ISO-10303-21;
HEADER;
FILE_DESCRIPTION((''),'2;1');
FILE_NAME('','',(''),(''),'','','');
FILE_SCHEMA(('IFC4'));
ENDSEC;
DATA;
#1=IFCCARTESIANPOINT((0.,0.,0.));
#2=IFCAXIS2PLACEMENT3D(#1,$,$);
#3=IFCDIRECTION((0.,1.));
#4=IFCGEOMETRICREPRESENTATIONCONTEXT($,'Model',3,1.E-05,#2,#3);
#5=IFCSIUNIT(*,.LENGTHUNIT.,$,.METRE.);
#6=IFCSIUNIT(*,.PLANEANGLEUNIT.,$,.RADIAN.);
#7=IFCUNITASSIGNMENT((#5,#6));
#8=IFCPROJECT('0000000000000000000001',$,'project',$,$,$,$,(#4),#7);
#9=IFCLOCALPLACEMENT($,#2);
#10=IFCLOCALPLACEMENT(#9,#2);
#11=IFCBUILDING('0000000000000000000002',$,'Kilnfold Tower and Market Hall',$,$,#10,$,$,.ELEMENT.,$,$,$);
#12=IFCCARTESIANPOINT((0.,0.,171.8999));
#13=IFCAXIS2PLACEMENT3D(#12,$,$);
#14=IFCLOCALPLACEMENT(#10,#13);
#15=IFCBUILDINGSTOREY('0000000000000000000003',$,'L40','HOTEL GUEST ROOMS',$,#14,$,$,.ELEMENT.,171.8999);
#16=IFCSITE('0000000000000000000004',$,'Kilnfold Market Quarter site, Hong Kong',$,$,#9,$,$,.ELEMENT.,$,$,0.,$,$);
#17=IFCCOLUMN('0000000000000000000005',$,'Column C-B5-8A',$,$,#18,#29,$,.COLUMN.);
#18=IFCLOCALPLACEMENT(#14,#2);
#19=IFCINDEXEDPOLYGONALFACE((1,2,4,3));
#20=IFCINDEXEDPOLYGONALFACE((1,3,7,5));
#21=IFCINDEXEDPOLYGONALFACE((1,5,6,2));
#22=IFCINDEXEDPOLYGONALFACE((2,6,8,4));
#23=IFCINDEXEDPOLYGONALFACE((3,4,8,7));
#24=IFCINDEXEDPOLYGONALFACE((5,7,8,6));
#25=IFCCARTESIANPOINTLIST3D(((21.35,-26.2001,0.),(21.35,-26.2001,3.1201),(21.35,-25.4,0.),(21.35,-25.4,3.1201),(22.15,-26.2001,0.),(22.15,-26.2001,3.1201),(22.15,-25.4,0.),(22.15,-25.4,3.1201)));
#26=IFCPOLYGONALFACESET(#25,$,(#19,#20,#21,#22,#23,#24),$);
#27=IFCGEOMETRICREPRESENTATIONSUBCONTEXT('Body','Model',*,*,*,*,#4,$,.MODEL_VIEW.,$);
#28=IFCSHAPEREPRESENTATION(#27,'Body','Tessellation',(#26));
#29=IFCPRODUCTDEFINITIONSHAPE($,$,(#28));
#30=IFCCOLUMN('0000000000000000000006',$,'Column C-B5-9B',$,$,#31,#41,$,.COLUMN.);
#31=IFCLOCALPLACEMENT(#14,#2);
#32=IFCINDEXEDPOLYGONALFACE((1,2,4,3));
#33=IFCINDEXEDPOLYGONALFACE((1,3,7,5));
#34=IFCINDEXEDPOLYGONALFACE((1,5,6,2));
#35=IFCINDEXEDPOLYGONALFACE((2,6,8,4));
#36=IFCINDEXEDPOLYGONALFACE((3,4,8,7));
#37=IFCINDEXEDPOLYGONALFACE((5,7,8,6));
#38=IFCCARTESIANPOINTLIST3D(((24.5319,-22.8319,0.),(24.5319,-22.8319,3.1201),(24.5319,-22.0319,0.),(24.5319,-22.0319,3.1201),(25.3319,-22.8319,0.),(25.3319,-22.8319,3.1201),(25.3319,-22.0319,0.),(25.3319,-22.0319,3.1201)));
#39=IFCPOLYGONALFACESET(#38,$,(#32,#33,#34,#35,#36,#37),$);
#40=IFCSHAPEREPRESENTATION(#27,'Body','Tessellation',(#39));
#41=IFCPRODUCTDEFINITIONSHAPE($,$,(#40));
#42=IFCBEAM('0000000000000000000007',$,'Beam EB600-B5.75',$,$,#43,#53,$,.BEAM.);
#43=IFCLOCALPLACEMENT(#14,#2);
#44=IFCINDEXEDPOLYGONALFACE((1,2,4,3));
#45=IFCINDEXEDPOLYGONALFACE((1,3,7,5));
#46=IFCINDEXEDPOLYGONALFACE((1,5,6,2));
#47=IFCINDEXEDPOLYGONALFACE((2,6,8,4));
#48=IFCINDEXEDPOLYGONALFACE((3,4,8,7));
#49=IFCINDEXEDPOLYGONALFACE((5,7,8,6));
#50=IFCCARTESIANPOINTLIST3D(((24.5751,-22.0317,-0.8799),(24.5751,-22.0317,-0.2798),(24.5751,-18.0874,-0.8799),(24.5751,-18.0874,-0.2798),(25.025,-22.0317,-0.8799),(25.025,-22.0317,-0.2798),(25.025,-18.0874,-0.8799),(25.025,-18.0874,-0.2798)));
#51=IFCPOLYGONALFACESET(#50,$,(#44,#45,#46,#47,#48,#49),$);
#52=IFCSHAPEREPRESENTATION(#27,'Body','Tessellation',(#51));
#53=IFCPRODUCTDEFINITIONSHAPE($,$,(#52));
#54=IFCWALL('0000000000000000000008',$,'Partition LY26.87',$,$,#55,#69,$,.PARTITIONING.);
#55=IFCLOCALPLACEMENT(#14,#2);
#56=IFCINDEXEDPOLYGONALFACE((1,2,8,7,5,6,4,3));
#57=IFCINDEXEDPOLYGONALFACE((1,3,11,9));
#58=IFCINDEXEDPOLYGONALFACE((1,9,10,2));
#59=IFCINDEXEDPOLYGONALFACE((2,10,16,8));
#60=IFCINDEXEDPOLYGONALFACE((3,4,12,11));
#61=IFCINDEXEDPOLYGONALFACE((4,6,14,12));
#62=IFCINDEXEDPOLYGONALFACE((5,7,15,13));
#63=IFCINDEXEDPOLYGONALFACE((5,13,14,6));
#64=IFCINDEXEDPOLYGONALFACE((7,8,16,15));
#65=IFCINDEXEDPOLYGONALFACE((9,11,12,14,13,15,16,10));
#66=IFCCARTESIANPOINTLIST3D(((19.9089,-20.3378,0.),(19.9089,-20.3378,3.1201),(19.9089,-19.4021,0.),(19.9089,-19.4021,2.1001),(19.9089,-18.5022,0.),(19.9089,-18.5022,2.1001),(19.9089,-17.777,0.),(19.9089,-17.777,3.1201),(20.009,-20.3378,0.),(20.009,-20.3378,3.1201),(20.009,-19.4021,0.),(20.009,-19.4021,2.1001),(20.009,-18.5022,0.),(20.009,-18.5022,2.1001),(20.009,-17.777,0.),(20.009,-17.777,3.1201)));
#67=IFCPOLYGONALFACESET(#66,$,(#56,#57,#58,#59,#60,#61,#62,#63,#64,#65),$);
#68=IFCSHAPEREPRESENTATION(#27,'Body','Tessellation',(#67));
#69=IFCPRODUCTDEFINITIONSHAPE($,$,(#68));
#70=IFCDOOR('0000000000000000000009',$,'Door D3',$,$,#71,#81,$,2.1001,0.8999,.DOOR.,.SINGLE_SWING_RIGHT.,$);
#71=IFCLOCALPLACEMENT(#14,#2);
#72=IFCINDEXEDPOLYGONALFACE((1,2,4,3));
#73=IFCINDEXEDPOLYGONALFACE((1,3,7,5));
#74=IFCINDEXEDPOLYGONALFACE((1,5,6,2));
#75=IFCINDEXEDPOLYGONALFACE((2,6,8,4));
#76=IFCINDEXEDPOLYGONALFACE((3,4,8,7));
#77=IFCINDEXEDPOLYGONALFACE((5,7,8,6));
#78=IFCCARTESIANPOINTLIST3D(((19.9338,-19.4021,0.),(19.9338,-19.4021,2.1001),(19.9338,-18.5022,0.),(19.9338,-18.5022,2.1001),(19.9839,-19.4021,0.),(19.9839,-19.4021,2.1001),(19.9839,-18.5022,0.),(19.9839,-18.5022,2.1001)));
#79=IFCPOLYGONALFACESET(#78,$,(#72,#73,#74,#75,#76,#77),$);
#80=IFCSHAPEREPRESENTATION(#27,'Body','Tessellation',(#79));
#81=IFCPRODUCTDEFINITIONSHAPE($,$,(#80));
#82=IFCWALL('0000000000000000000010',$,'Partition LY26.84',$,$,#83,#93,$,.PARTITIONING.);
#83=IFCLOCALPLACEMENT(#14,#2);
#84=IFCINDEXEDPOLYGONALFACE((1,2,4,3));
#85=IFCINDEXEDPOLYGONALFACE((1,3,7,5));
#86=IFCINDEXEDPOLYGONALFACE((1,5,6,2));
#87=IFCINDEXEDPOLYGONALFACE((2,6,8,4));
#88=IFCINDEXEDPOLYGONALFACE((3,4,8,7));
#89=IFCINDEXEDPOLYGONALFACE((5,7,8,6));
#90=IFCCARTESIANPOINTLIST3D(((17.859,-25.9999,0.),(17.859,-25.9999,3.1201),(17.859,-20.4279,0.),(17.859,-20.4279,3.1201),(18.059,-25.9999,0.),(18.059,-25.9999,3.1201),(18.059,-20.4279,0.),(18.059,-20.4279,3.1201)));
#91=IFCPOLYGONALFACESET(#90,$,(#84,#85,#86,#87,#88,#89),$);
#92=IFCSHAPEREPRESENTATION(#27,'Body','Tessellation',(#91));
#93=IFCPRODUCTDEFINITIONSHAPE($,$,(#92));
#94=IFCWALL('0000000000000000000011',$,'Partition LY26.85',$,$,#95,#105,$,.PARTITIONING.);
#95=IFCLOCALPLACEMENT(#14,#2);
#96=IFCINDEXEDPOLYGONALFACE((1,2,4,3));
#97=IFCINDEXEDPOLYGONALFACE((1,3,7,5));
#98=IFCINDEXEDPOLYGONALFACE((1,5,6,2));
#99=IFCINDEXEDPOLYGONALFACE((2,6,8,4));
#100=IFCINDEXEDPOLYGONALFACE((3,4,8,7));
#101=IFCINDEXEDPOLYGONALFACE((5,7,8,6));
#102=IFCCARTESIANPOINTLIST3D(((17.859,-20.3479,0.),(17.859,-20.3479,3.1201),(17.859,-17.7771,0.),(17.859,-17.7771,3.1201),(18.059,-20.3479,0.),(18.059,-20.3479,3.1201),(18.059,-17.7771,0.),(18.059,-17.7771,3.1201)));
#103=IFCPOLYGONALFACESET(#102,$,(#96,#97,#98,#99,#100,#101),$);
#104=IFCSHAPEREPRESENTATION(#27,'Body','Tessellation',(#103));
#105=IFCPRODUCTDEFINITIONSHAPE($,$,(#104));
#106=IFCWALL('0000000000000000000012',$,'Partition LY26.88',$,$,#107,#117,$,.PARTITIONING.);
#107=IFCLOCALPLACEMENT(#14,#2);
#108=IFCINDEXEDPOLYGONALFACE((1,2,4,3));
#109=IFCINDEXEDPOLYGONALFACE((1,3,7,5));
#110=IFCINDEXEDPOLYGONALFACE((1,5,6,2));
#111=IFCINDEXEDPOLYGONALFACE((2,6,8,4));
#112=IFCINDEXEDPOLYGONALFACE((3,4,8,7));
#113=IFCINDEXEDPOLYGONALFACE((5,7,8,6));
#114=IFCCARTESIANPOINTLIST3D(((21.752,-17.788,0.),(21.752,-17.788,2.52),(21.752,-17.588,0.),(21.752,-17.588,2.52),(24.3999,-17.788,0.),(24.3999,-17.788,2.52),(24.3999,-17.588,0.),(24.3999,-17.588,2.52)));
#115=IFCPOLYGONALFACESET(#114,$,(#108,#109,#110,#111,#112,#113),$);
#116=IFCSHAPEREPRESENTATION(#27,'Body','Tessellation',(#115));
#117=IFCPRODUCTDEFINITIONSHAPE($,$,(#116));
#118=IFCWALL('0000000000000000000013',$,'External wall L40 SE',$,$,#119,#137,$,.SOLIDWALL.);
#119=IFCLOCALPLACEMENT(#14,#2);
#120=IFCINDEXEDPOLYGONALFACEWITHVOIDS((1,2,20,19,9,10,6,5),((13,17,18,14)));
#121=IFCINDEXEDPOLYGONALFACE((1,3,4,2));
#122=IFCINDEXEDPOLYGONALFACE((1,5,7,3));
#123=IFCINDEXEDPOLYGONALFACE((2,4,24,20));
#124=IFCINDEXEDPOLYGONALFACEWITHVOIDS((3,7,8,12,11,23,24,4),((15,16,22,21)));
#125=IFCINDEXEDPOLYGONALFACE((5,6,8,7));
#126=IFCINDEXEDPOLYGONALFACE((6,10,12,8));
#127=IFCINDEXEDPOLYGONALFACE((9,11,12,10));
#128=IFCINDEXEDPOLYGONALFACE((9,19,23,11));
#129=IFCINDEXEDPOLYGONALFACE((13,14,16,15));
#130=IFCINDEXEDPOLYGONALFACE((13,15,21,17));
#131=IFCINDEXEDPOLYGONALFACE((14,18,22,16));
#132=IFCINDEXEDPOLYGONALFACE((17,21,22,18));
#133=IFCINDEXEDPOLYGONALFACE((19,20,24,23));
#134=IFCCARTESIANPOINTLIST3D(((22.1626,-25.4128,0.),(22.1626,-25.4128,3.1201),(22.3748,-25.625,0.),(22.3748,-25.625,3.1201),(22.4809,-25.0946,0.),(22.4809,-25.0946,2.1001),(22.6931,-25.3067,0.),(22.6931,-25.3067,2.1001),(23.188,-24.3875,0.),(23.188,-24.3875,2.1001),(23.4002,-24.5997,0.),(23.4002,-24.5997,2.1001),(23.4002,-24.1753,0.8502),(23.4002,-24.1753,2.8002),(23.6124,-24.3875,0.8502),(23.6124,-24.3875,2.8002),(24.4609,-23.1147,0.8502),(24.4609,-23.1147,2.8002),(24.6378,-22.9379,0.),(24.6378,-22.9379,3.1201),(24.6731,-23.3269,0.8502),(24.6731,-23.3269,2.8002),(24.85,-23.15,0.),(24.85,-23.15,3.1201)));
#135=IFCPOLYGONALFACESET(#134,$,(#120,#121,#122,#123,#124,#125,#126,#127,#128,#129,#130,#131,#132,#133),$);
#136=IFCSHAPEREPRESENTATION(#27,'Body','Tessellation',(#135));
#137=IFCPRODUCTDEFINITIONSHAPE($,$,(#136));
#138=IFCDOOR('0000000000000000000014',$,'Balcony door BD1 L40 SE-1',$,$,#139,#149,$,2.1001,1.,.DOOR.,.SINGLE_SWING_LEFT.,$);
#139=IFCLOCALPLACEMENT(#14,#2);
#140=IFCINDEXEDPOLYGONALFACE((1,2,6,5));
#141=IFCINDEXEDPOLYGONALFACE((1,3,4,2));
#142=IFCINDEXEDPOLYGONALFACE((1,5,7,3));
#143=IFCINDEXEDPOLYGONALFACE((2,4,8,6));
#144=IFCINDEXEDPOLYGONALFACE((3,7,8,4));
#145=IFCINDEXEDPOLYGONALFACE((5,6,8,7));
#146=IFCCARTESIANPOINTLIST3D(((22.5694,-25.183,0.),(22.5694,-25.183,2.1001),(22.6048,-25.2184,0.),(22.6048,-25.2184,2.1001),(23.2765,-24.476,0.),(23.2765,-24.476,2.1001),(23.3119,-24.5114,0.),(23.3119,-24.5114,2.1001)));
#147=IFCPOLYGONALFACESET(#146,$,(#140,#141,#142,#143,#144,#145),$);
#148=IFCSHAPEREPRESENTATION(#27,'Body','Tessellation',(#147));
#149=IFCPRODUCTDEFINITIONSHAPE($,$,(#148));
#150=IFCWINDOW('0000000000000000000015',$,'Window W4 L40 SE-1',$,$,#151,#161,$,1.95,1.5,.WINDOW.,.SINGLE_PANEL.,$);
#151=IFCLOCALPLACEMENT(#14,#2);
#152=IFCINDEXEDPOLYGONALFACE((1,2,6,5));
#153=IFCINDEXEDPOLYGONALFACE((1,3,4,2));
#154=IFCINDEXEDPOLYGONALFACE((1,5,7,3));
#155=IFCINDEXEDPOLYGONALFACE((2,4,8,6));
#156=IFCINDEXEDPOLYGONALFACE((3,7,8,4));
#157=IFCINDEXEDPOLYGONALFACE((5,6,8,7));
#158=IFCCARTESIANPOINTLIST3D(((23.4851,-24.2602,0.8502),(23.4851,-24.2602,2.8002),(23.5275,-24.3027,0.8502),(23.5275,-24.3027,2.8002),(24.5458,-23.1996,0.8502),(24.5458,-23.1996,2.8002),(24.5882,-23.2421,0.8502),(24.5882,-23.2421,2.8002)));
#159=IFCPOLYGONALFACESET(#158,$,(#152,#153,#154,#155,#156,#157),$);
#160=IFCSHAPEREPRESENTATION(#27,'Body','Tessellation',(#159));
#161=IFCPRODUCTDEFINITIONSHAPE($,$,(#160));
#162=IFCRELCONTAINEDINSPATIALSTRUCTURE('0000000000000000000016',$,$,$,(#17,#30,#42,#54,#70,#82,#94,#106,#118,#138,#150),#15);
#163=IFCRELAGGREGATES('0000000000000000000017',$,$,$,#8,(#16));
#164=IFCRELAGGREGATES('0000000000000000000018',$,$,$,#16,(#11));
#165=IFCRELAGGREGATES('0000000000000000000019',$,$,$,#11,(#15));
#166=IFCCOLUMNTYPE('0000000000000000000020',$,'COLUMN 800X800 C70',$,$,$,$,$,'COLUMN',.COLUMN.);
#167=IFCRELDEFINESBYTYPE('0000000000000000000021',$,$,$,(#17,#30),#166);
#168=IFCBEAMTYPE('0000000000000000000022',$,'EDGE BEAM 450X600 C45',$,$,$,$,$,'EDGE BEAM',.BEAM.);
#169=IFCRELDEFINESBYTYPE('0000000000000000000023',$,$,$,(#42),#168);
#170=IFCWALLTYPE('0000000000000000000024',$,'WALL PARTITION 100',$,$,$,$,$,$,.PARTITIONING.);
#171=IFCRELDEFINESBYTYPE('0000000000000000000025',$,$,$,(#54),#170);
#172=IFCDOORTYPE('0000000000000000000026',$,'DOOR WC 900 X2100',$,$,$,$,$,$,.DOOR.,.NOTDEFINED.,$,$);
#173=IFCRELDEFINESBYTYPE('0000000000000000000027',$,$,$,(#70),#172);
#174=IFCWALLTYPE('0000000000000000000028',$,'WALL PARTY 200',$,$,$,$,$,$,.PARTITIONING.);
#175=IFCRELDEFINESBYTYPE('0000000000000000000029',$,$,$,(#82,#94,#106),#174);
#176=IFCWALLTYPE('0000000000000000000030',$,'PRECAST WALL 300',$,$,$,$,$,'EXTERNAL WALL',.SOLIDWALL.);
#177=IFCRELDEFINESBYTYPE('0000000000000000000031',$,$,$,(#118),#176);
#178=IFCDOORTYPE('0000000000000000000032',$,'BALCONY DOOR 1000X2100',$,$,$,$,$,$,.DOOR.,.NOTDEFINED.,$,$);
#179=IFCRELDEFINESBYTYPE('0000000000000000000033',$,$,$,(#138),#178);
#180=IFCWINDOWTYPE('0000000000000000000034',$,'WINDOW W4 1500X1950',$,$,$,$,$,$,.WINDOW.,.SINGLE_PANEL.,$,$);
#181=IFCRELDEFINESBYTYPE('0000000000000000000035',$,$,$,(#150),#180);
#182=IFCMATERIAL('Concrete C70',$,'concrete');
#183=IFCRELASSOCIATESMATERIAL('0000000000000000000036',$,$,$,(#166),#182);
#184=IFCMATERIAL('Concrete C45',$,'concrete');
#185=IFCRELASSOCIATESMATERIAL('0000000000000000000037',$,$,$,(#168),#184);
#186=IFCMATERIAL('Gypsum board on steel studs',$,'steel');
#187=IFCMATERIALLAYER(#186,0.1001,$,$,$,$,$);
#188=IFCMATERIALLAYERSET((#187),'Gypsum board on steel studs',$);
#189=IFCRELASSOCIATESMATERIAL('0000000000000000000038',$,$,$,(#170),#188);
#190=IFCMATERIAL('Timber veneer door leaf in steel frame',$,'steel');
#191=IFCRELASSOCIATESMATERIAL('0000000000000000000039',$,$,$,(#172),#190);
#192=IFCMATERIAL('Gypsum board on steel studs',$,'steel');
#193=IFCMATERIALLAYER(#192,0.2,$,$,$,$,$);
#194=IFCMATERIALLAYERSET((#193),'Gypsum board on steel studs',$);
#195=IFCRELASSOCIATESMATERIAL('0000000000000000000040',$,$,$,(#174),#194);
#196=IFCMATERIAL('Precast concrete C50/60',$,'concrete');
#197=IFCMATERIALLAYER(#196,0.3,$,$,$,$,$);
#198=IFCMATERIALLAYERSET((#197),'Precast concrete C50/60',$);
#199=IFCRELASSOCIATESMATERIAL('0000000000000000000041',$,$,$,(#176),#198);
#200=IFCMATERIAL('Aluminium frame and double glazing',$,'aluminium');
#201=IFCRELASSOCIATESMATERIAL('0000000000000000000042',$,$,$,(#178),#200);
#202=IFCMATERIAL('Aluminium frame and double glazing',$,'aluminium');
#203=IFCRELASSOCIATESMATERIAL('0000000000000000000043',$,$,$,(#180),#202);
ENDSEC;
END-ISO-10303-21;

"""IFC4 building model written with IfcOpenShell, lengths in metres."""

from ifc_helpers import new_model, si_unit, direction, frame, frame_2d, origin, origin_2d, place, context, subcontext, project, spatial, rectangle, extrude, source, transform, mapped, material, layer, layer_set, material_profile, profile_set, type_object, element, fill, save


model = new_model("IFC4")

# Units and contexts
model_context = context("Model", 3, precision=1e-05, world=origin(), true_north=direction((0.0, 1.0)))
body_context = subcontext(model_context, "Body", "Model", "MODEL_VIEW")
ifc_project = project(units=[si_unit("LENGTHUNIT", "METRE"), si_unit("PLANEANGLEUNIT", "RADIAN")], contexts=[model_context])

# Site, building, storey
site_placement = place(None, origin())
site = spatial("IfcSite", under=ifc_project, at=site_placement, Name="Kilnfold Market Quarter site, Hong Kong", CompositionType="ELEMENT", RefElevation=0.0)
building_placement = place(site_placement, origin())
building = spatial("IfcBuilding", under=site, at=building_placement, Name="Kilnfold Tower and Market Hall", CompositionType="ELEMENT")
storey_placement = place(building_placement, frame((0.0, 0.0, 171.8999)))
storey = spatial("IfcBuildingStorey", under=building, at=storey_placement, Name="L40", Description="HOTEL GUEST ROOMS", CompositionType="ELEMENT", Elevation=171.8999)

# Columns
ifc_material_1 = material(Name="Concrete C70", Category="concrete")
ifc_material_profile_1 = material_profile(ifc_material_1, rectangle(XDim=0.8, YDim=0.8, at=origin_2d()), Name="RC 800x800")
ifc_profile_set_1 = profile_set([ifc_material_profile_1], Name="Concrete C70")
column_type = type_object("IfcColumnType", Name="COLUMN 800X800 C70", ElementType="COLUMN", PredefinedType="COLUMN", material=ifc_profile_set_1)
shared_shape_1 = source(origin(), body_context, "Body", "SweptSolid", [
    extrude(rectangle(XDim=0.8, YDim=0.8, at=origin_2d()), origin(), (0.0, 0.0, 1.0), 3.1201),
])
for number, where, z_axis, x_axis, name in (
    (1, (21.75, -25.8, 0.0), (0.0, 0.0, 1.0), (1.0, 0.0, 0.0), "Column C-B5-8A"),
    (2, (24.9319, -22.4319, 0.0), (0.0, 0.0, 1.0), (1.0, 0.0, 0.0), "Column C-B5-9B"),
):
    element("IfcColumn", number, at=place(storey_placement, frame(where, z_axis=z_axis, x_axis=x_axis)), inside=storey, type_object=column_type, Name=name, PredefinedType="COLUMN", context=body_context, shape_type="MappedRepresentation", body=[
        mapped(shared_shape_1, transform((0.0, 0.0, 0.0))),
    ])

# Beam
ifc_material_2 = material(Name="Concrete C45", Category="concrete")
ifc_material_profile_2 = material_profile(ifc_material_2, rectangle(XDim=0.45, YDim=0.6001, at=origin_2d()), Name="RC 450x600")
ifc_profile_set_2 = profile_set([ifc_material_profile_2], Name="Concrete C45")
beam_type = type_object("IfcBeamType", Name="EDGE BEAM 450X600 C45", ElementType="EDGE BEAM", PredefinedType="BEAM", material=ifc_profile_set_2)
shared_shape_2 = source(origin(), body_context, "Body", "SweptSolid", [
    extrude(rectangle(XDim=0.45, YDim=0.6001, at=origin_2d()), origin(), (0.0, 0.0, 1.0), 3.9443),
])
beam_placement = place(storey_placement, frame((24.8, -22.0317, -0.5798), z_axis=(0.0, 1.0, 0.0), x_axis=(-1.0, 0.0, 0.0)))
element("IfcBeam", 3, at=beam_placement, inside=storey, type_object=beam_type, Name="Beam EB600-B5.75", PredefinedType="BEAM", context=body_context, shape_type="MappedRepresentation", body=[
    mapped(shared_shape_2, transform((0.0, 0.0, 0.0))),
])

# Wall, opening, door
ifc_material_3 = material(Name="Gypsum board on steel studs", Category="steel")
ifc_layer_1 = layer(ifc_material_3, 0.1001)
ifc_layer_set_1 = layer_set([ifc_layer_1], Name="Gypsum board on steel studs")
wall_type_1 = type_object("IfcWallType", Name="WALL PARTITION 100", PredefinedType="PARTITIONING", material=ifc_layer_set_1)
wall_1_placement = place(storey_placement, frame((19.959, -17.7771, 0.0), z_axis=(0.0, 0.0, 1.0), x_axis=(0.0, -1.0, 0.0)))
wall_1 = element("IfcWall", 4, at=wall_1_placement, inside=storey, type_object=wall_type_1, Name="Partition LY26.87", PredefinedType="PARTITIONING", context=body_context, shape_type="SweptSolid", body=[
    extrude(rectangle(XDim=2.5608, YDim=0.1001, at=frame_2d((1.2803, 0.0))), origin(), (0.0, 0.0, 1.0), 3.1201),
])
opening_1_placement = place(wall_1_placement, frame((0.7251, 0.0, 0.0)))
opening_1 = element("IfcOpeningElement", 5, at=opening_1_placement, cuts=wall_1, PredefinedType="OPENING", context=body_context, shape_type="SweptSolid", body=[
    extrude(rectangle(XDim=0.8999, YDim=2.1001, at=frame_2d((0.45, 1.05))), frame((0.0, 0.0601, 0.0), z_axis=(0.0, -1.0, 0.0), x_axis=(1.0, 0.0, 0.0)), (0.0, 0.0, 1.0), 0.1201),
])
ifc_material_4 = material(Name="Timber veneer door leaf in steel frame", Category="steel")
door_type_1 = type_object("IfcDoorType", Name="DOOR WC 900 X2100", OperationType="NOTDEFINED", PredefinedType="DOOR", material=ifc_material_4)
door_1_placement = place(opening_1_placement, origin())
door_1 = element("IfcDoor", 6, at=door_1_placement, inside=storey, type_object=door_type_1, Name="Door D3", OperationType="SINGLE_SWING_RIGHT", OverallHeight=2.1001, OverallWidth=0.8999, PredefinedType="DOOR", context=body_context, shape_type="SweptSolid", body=[
    extrude(rectangle(XDim=0.8999, YDim=2.1001, at=frame_2d((0.45, 1.05))), frame((0.0, 0.0249, 0.0), z_axis=(0.0, -1.0, 0.0), x_axis=(1.0, 0.0, 0.0)), (0.0, 0.0, 1.0), 0.05),
])
fill(opening_1, door_1)

# Walls
ifc_material_5 = material(Name="Gypsum board on steel studs", Category="steel")
ifc_layer_2 = layer(ifc_material_5, 0.2)
ifc_layer_set_2 = layer_set([ifc_layer_2], Name="Gypsum board on steel studs")
wall_type_2 = type_object("IfcWallType", Name="WALL PARTY 200", PredefinedType="PARTITIONING", material=ifc_layer_set_2)
wall_2_placement = place(storey_placement, frame((17.959, -26.0, 0.0), z_axis=(0.0, 0.0, 1.0), x_axis=(0.0, 1.0, 0.0)))
element("IfcWall", 7, at=wall_2_placement, inside=storey, type_object=wall_type_2, Name="Partition LY26.84", PredefinedType="PARTITIONING", context=body_context, shape_type="SweptSolid", body=[
    extrude(rectangle(XDim=5.572, YDim=0.2, at=frame_2d((2.7861, 0.0))), origin(), (0.0, 0.0, 1.0), 3.1201),
])
wall_3_placement = place(storey_placement, frame((17.959, -20.3479, 0.0), z_axis=(0.0, 0.0, 1.0), x_axis=(0.0, 1.0, 0.0)))
element("IfcWall", 8, at=wall_3_placement, inside=storey, type_object=wall_type_2, Name="Partition LY26.85", PredefinedType="PARTITIONING", context=body_context, shape_type="SweptSolid", body=[
    extrude(rectangle(XDim=2.5708, YDim=0.2, at=frame_2d((1.2854, 0.0))), origin(), (0.0, 0.0, 1.0), 3.1201),
])
wall_4_placement = place(storey_placement, frame((21.752, -17.688, 0.0), z_axis=(0.0, 0.0, 1.0), x_axis=(1.0, 0.0, 0.0)))
element("IfcWall", 9, at=wall_4_placement, inside=storey, type_object=wall_type_2, Name="Partition LY26.88", PredefinedType="PARTITIONING", context=body_context, shape_type="SweptSolid", body=[
    extrude(rectangle(XDim=2.6479, YDim=0.2, at=frame_2d((1.324, 0.0))), origin(), (0.0, 0.0, 1.0), 2.52),
])

# Wall, openings, door, window
ifc_material_6 = material(Name="Precast concrete C50/60", Category="concrete")
ifc_layer_3 = layer(ifc_material_6, 0.3)
ifc_layer_set_3 = layer_set([ifc_layer_3], Name="Precast concrete C50/60")
wall_type_3 = type_object("IfcWallType", Name="PRECAST WALL 300", ElementType="EXTERNAL WALL", PredefinedType="SOLIDWALL", material=ifc_layer_set_3)
shared_shape_3 = source(origin(), body_context, "Body", "SweptSolid", [
    extrude(rectangle(XDim=3.5002, YDim=0.3, at=frame_2d((1.75, 0.0))), origin(), (0.0, 0.0, 1.0), 3.1201),
])
wall_5_placement = place(storey_placement, frame((22.2688, -25.5188, 0.0), z_axis=(0.0, 0.0, 1.0), x_axis=(0.707142, 0.707072, 0.0)))
wall_5 = element("IfcWall", 10, at=wall_5_placement, inside=storey, type_object=wall_type_3, Name="External wall L40 SE", PredefinedType="SOLIDWALL", context=body_context, shape_type="MappedRepresentation", body=[
    mapped(shared_shape_3, transform((0.0, 0.0, 0.0))),
])
opening_2_placement = place(wall_5_placement, frame((1.75, 0.0, 0.8501)))
opening_2 = element("IfcOpeningElement", 11, at=opening_2_placement, cuts=wall_5, PredefinedType="OPENING", context=body_context, shape_type="SweptSolid", body=[
    extrude(rectangle(XDim=1.5, YDim=1.95, at=frame_2d((0.75, 0.9751))), frame((0.0, 0.1602, 0.0), z_axis=(0.0, -1.0, 0.0), x_axis=(1.0, 0.0, 0.0)), (0.0, 0.0, 1.0), 0.3201),
])
opening_3_placement = place(wall_5_placement, frame((0.45, 0.0, 0.0)))
opening_3 = element("IfcOpeningElement", 12, at=opening_3_placement, cuts=wall_5, PredefinedType="OPENING", context=body_context, shape_type="SweptSolid", body=[
    extrude(rectangle(XDim=1.0, YDim=2.1001, at=frame_2d((0.5, 1.05))), frame((0.0, 0.1602, 0.0), z_axis=(0.0, -1.0, 0.0), x_axis=(1.0, 0.0, 0.0)), (0.0, 0.0, 1.0), 0.3201),
])
ifc_material_7 = material(Name="Aluminium frame and double glazing", Category="aluminium")
door_type_2 = type_object("IfcDoorType", Name="BALCONY DOOR 1000X2100", OperationType="NOTDEFINED", PredefinedType="DOOR", material=ifc_material_7)
door_2_placement = place(opening_3_placement, origin())
door_2 = element("IfcDoor", 13, at=door_2_placement, inside=storey, type_object=door_type_2, Name="Balcony door BD1 L40 SE-1", OperationType="SINGLE_SWING_LEFT", OverallHeight=2.1001, OverallWidth=1.0, PredefinedType="DOOR", context=body_context, shape_type="SweptSolid", body=[
    extrude(rectangle(XDim=1.0, YDim=2.1001, at=frame_2d((0.5, 1.05))), frame((0.0, 0.0249, 0.0), z_axis=(0.0, -1.0, 0.0), x_axis=(1.0, 0.0, 0.0)), (0.0, 0.0, 1.0), 0.05),
])
fill(opening_3, door_2)
ifc_material_8 = material(Name="Aluminium frame and double glazing", Category="aluminium")
window_type = type_object("IfcWindowType", Name="WINDOW W4 1500X1950", PartitioningType="SINGLE_PANEL", PredefinedType="WINDOW", material=ifc_material_8)
window_1_placement = place(opening_2_placement, origin())
window_1 = element("IfcWindow", 14, at=window_1_placement, inside=storey, type_object=window_type, Name="Window W4 L40 SE-1", OverallHeight=1.95, OverallWidth=1.5, PartitioningType="SINGLE_PANEL", PredefinedType="WINDOW", context=body_context, shape_type="SweptSolid", body=[
    extrude(rectangle(XDim=1.5, YDim=1.95, at=frame_2d((0.75, 0.9751))), frame((0.0, 0.03, 0.0), z_axis=(0.0, -1.0, 0.0), x_axis=(1.0, 0.0, 0.0)), (0.0, 0.0, 1.0), 0.0601),
])
fill(opening_2, window_1)

save(model, "model.ifc")
